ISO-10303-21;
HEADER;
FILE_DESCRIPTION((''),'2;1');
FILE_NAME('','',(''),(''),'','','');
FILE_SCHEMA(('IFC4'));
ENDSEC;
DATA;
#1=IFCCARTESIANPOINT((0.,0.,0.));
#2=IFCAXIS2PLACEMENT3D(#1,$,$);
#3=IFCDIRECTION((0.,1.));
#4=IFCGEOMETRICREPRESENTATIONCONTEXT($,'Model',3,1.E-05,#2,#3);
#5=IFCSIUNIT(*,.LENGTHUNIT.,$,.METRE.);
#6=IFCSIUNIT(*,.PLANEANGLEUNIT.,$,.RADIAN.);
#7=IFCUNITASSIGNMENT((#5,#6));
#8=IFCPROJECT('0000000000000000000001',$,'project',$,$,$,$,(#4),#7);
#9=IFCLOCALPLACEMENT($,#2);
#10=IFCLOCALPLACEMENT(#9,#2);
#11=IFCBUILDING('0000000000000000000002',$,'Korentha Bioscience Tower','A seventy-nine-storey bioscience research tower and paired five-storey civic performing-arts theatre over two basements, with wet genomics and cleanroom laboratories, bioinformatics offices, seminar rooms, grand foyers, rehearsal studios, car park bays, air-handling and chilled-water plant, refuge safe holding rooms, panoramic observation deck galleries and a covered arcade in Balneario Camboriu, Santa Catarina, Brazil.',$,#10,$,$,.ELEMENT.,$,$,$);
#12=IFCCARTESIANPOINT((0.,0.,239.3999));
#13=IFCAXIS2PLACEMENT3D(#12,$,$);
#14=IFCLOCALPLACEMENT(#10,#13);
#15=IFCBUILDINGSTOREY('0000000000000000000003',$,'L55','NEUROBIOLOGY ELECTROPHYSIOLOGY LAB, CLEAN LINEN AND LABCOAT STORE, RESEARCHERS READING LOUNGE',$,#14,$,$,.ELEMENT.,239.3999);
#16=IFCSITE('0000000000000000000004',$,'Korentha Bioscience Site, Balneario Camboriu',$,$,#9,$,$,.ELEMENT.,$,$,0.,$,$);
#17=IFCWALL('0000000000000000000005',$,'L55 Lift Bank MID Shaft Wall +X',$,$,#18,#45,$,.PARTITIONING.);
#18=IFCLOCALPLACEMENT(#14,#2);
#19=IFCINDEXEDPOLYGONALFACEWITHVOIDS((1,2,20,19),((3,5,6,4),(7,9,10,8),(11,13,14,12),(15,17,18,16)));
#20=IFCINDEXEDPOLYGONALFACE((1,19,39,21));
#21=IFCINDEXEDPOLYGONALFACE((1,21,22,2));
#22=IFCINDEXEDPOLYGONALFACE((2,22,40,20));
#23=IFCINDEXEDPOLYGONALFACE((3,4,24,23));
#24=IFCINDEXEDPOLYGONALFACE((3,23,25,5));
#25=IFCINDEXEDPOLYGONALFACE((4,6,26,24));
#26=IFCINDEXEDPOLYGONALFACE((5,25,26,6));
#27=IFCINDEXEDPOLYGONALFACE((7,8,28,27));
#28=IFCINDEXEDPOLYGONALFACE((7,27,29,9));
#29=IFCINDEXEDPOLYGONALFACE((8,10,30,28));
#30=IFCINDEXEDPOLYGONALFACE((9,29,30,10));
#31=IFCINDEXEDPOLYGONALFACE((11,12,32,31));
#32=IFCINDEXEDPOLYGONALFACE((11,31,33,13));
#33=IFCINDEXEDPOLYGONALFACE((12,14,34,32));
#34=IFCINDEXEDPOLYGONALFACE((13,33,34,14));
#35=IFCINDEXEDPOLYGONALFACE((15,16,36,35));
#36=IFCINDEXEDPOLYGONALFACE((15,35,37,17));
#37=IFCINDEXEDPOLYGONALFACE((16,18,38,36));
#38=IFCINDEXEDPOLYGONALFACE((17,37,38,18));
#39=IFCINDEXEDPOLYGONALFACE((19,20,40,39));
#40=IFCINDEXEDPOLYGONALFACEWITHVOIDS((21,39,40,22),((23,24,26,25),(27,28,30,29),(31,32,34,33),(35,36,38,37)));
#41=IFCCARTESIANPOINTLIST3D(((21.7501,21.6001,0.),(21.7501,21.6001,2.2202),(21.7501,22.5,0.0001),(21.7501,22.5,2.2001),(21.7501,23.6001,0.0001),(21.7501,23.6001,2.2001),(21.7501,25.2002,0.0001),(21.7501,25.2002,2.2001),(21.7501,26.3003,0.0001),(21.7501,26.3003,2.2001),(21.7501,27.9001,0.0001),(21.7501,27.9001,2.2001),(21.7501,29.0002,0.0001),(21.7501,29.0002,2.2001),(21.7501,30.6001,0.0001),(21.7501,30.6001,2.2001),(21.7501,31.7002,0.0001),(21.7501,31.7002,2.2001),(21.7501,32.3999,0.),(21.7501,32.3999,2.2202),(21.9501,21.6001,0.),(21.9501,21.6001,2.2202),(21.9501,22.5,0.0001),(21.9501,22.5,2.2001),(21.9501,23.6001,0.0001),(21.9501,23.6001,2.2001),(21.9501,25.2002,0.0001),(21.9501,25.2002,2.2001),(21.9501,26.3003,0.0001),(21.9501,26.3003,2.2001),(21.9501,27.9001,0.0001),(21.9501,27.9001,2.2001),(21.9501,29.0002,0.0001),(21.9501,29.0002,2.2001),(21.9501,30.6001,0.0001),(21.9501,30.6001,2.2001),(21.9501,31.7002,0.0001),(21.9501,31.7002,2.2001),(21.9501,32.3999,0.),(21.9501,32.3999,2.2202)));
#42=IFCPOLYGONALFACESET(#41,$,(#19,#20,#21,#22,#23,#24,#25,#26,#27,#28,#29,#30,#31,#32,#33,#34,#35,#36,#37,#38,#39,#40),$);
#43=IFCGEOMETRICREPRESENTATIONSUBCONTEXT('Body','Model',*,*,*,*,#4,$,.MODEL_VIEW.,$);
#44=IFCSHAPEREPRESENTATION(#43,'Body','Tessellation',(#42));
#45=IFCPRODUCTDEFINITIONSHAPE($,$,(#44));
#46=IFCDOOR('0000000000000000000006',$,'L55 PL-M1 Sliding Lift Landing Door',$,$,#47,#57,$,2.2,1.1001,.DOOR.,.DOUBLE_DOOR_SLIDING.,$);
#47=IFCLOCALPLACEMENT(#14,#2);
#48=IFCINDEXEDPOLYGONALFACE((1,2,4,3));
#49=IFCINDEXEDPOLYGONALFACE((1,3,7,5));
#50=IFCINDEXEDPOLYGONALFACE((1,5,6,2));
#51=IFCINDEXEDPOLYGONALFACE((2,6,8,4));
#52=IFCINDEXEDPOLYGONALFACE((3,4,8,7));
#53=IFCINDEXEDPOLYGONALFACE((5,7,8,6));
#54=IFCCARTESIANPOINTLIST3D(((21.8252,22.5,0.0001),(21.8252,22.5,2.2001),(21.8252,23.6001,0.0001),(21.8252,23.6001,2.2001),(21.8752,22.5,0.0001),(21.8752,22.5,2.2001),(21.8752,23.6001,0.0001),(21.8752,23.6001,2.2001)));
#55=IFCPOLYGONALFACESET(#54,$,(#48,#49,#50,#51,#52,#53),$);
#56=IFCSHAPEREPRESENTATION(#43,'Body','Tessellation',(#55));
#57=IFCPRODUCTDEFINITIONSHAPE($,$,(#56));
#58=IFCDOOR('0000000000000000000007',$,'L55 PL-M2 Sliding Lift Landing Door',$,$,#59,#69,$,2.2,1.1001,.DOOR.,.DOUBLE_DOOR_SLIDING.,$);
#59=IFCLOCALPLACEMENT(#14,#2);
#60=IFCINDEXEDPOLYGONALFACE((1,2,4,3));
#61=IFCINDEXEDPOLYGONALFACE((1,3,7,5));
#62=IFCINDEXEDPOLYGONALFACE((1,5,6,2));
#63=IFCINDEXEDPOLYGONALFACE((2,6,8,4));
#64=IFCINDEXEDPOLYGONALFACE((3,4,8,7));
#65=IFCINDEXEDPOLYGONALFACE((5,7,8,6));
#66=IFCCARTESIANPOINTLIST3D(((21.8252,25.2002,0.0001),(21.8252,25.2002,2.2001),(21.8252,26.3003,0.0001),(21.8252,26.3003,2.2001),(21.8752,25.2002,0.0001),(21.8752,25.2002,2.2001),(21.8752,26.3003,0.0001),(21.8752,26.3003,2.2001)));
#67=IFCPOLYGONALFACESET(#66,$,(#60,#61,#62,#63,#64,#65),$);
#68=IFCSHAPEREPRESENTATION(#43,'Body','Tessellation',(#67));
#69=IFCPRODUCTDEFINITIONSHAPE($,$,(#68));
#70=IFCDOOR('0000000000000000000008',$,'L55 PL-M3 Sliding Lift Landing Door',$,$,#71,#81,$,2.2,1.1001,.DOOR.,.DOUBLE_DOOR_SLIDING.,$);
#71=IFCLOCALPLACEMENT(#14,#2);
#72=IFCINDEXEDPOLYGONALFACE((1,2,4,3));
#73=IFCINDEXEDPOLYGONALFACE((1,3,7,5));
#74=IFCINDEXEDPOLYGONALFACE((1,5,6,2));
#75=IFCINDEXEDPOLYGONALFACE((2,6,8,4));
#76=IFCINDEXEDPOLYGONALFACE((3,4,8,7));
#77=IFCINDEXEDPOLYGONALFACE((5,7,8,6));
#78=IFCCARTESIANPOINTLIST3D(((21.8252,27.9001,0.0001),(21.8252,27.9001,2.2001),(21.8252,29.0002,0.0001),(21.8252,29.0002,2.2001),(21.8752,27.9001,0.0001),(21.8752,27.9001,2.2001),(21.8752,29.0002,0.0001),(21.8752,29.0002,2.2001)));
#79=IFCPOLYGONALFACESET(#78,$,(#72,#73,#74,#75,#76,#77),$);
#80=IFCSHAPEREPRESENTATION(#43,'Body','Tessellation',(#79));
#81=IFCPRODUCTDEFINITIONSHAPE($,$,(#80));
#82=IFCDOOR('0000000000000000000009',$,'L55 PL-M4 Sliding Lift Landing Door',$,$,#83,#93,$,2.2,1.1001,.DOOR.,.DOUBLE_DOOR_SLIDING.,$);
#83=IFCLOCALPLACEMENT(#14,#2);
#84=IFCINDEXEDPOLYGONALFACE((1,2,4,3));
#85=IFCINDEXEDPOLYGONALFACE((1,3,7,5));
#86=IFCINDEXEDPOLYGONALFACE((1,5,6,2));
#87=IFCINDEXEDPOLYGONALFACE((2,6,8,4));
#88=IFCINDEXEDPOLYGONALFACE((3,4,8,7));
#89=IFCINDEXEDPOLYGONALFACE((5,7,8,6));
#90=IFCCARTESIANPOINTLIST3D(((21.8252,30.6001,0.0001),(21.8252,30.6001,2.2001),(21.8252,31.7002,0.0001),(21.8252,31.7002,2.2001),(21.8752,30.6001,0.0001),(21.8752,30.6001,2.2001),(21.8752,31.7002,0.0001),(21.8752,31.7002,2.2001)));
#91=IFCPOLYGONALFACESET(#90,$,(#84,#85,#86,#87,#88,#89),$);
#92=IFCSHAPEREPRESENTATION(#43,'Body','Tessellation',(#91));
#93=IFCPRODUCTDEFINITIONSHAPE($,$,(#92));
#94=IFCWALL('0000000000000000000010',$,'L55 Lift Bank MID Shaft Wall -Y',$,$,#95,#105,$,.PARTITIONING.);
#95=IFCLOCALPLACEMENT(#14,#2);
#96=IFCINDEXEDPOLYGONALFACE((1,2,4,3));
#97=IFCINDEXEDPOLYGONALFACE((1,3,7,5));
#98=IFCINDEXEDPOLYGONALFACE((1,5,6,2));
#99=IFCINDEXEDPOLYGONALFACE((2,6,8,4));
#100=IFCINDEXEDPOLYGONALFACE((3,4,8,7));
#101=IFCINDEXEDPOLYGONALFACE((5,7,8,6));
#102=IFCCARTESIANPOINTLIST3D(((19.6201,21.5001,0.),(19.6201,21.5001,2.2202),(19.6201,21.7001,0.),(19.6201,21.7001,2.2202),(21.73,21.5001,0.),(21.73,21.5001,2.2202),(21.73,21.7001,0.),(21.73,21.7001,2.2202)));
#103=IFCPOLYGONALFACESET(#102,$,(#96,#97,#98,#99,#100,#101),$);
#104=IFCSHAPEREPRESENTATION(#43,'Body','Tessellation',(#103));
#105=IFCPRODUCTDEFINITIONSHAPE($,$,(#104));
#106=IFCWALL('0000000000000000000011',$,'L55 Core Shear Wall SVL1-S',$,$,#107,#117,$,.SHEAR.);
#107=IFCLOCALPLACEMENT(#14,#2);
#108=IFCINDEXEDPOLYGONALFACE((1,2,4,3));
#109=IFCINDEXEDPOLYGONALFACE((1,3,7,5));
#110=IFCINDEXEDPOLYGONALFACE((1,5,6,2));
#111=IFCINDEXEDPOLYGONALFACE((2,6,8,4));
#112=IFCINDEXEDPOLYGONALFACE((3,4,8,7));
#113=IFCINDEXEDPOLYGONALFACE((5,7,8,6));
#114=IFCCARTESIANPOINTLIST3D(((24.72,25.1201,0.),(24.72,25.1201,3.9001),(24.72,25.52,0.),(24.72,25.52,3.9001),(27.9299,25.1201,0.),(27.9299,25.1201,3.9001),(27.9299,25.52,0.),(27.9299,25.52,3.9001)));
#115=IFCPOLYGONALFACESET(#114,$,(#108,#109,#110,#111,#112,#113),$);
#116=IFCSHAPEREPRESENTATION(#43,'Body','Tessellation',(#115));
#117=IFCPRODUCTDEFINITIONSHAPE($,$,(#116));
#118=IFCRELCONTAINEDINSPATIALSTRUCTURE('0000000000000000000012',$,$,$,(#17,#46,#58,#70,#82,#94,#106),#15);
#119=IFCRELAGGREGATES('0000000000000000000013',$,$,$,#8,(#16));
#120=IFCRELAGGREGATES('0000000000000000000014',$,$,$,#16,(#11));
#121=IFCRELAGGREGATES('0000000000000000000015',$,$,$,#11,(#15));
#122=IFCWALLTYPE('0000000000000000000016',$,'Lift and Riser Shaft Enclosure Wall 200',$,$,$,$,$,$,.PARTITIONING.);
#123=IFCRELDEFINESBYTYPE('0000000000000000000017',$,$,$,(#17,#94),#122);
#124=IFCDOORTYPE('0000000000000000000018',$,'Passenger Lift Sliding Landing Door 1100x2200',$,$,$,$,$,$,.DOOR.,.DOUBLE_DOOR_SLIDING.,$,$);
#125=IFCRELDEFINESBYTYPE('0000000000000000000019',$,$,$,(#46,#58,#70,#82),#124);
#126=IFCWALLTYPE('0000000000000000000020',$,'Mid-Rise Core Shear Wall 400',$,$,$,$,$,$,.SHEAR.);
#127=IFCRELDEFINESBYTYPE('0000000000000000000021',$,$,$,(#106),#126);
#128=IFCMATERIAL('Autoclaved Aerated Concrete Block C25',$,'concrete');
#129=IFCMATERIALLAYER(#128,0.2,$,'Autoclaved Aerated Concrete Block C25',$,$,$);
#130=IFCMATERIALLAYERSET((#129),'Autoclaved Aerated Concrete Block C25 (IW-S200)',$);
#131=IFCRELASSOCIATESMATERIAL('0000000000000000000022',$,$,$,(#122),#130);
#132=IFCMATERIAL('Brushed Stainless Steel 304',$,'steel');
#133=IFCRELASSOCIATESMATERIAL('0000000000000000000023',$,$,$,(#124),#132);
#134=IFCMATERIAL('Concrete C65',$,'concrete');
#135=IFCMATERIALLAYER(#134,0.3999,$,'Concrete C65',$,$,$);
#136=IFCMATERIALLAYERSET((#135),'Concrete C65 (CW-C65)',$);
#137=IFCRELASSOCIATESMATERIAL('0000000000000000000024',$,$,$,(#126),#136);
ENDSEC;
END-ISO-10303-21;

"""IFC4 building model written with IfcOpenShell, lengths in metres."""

from ifc_helpers import new_model, si_unit, direction, frame, frame_2d, origin, place, context, subcontext, project, spatial, rectangle, extrude, material, layer, layer_set, type_object, element, fill, save


model = new_model("IFC4")

# Units and contexts
model_context = context("Model", 3, precision=1e-05, world=origin(), true_north=direction((0.0, 1.0)))
body_context = subcontext(model_context, "Body", "Model", "MODEL_VIEW")
ifc_project = project(units=[si_unit("LENGTHUNIT", "METRE"), si_unit("PLANEANGLEUNIT", "RADIAN")], contexts=[model_context])

# Site, building, storey
site_placement = place(None, origin())
site = spatial("IfcSite", under=ifc_project, at=site_placement, Name="Korentha Bioscience Site, Balneario Camboriu", CompositionType="ELEMENT", RefElevation=0.0)
building_placement = place(site_placement, origin())
building = spatial("IfcBuilding", under=site, at=building_placement, Name="Korentha Bioscience Tower", Description="A seventy-nine-storey bioscience research tower and paired five-storey civic performing-arts theatre over two basements, with wet genomics and cleanroom laboratories, bioinformatics offices, seminar rooms, grand foyers, rehearsal studios, car park bays, air-handling and chilled-water plant, refuge safe holding rooms, panoramic observation deck galleries and a covered arcade in Balneario Camboriu, Santa Catarina, Brazil.", CompositionType="ELEMENT")
storey_placement = place(building_placement, frame((0.0, 0.0, 239.3999)))
storey = spatial("IfcBuildingStorey", under=building, at=storey_placement, Name="L55", Description="NEUROBIOLOGY ELECTROPHYSIOLOGY LAB, CLEAN LINEN AND LABCOAT STORE, RESEARCHERS READING LOUNGE", CompositionType="ELEMENT", Elevation=239.3999)

# Shared definitions
ifc_material_1 = material(Name="Concrete C65", Category="concrete")

# Shared definitions
ifc_material_2 = material(Name="Autoclaved Aerated Concrete Block C25", Category="concrete")
ifc_layer_1 = layer(ifc_material_2, 0.2, Name="Autoclaved Aerated Concrete Block C25")
ifc_layer_set_1 = layer_set([ifc_layer_1], Name="Autoclaved Aerated Concrete Block C25 (IW-S200)")
wall_type_1 = type_object("IfcWallType", Name="Lift and Riser Shaft Enclosure Wall 200", PredefinedType="PARTITIONING", material=ifc_layer_set_1)

# Wall, openings, doors
wall_1_placement = place(storey_placement, frame((21.8501, 21.6001, 0.0), z_axis=(0.0, 0.0, 1.0), x_axis=(0.0, 1.0, 0.0)))
wall_1 = element("IfcWall", 1, at=wall_1_placement, inside=storey, type_object=wall_type_1, Name="L55 Lift Bank MID Shaft Wall +X", PredefinedType="PARTITIONING", context=body_context, shape_type="SweptSolid", body=[
    extrude(rectangle(XDim=10.7998, YDim=0.2, at=frame_2d((5.3999, 0.0))), origin(), (0.0, 0.0, 1.0), 2.2202),
])
opening_1_placement = place(wall_1_placement, frame((0.8999, 0.0, 0.0)))
opening_1 = element("IfcOpeningElement", 2, at=opening_1_placement, cuts=wall_1, PredefinedType="OPENING", context=body_context, shape_type="SweptSolid", body=[
    extrude(rectangle(XDim=1.1001, YDim=2.2, at=frame_2d((0.55, 1.1001))), frame((0.0, 0.1147, 0.0), z_axis=(0.0, -1.0, 0.0), x_axis=(1.0, 0.0, 0.0)), (0.0, 0.0, 1.0), 0.2297),
])
opening_2_placement = place(wall_1_placement, frame((3.6001, 0.0, 0.0)))
opening_2 = element("IfcOpeningElement", 3, at=opening_2_placement, cuts=wall_1, PredefinedType="OPENING", context=body_context, shape_type="SweptSolid", body=[
    extrude(rectangle(XDim=1.1001, YDim=2.2, at=frame_2d((0.55, 1.1001))), frame((0.0, 0.1147, 0.0), z_axis=(0.0, -1.0, 0.0), x_axis=(1.0, 0.0, 0.0)), (0.0, 0.0, 1.0), 0.2297),
])
opening_3_placement = place(wall_1_placement, frame((6.3, 0.0, 0.0)))
opening_3 = element("IfcOpeningElement", 4, at=opening_3_placement, cuts=wall_1, PredefinedType="OPENING", context=body_context, shape_type="SweptSolid", body=[
    extrude(rectangle(XDim=1.1001, YDim=2.2, at=frame_2d((0.55, 1.1001))), frame((0.0, 0.1147, 0.0), z_axis=(0.0, -1.0, 0.0), x_axis=(1.0, 0.0, 0.0)), (0.0, 0.0, 1.0), 0.2297),
])
opening_4_placement = place(wall_1_placement, frame((9.0, 0.0, 0.0)))
opening_4 = element("IfcOpeningElement", 5, at=opening_4_placement, cuts=wall_1, PredefinedType="OPENING", context=body_context, shape_type="SweptSolid", body=[
    extrude(rectangle(XDim=1.1001, YDim=2.2, at=frame_2d((0.55, 1.1001))), frame((0.0, 0.1147, 0.0), z_axis=(0.0, -1.0, 0.0), x_axis=(1.0, 0.0, 0.0)), (0.0, 0.0, 1.0), 0.2297),
])
ifc_material_3 = material(Name="Brushed Stainless Steel 304", Category="steel")
door_type_1 = type_object("IfcDoorType", Name="Passenger Lift Sliding Landing Door 1100x2200", OperationType="DOUBLE_DOOR_SLIDING", PredefinedType="DOOR", material=ifc_material_3)
door_1_placement = place(opening_1_placement, origin())
door_1 = element("IfcDoor", 6, at=door_1_placement, inside=storey, type_object=door_type_1, Name="L55 PL-M1 Sliding Lift Landing Door", OperationType="DOUBLE_DOOR_SLIDING", OverallHeight=2.2, OverallWidth=1.1001, PredefinedType="DOOR", context=body_context, shape_type="SweptSolid", body=[
    extrude(rectangle(XDim=1.1001, YDim=2.2, at=frame_2d((0.55, 1.1001))), frame((0.0, 0.0249, 0.0), z_axis=(0.0, -1.0, 0.0), x_axis=(1.0, 0.0, 0.0)), (0.0, 0.0, 1.0), 0.05),
])
fill(opening_1, door_1)
door_2_placement = place(opening_2_placement, origin())
door_2 = element("IfcDoor", 7, at=door_2_placement, inside=storey, type_object=door_type_1, Name="L55 PL-M2 Sliding Lift Landing Door", OperationType="DOUBLE_DOOR_SLIDING", OverallHeight=2.2, OverallWidth=1.1001, PredefinedType="DOOR", context=body_context, shape_type="SweptSolid", body=[
    extrude(rectangle(XDim=1.1001, YDim=2.2, at=frame_2d((0.55, 1.1001))), frame((0.0, 0.0249, 0.0), z_axis=(0.0, -1.0, 0.0), x_axis=(1.0, 0.0, 0.0)), (0.0, 0.0, 1.0), 0.05),
])
fill(opening_2, door_2)
door_3_placement = place(opening_3_placement, origin())
door_3 = element("IfcDoor", 8, at=door_3_placement, inside=storey, type_object=door_type_1, Name="L55 PL-M3 Sliding Lift Landing Door", OperationType="DOUBLE_DOOR_SLIDING", OverallHeight=2.2, OverallWidth=1.1001, PredefinedType="DOOR", context=body_context, shape_type="SweptSolid", body=[
    extrude(rectangle(XDim=1.1001, YDim=2.2, at=frame_2d((0.55, 1.1001))), frame((0.0, 0.0249, 0.0), z_axis=(0.0, -1.0, 0.0), x_axis=(1.0, 0.0, 0.0)), (0.0, 0.0, 1.0), 0.05),
])
fill(opening_3, door_3)
door_4_placement = place(opening_4_placement, origin())
door_4 = element("IfcDoor", 9, at=door_4_placement, inside=storey, type_object=door_type_1, Name="L55 PL-M4 Sliding Lift Landing Door", OperationType="DOUBLE_DOOR_SLIDING", OverallHeight=2.2, OverallWidth=1.1001, PredefinedType="DOOR", context=body_context, shape_type="SweptSolid", body=[
    extrude(rectangle(XDim=1.1001, YDim=2.2, at=frame_2d((0.55, 1.1001))), frame((0.0, 0.0249, 0.0), z_axis=(0.0, -1.0, 0.0), x_axis=(1.0, 0.0, 0.0)), (0.0, 0.0, 1.0), 0.05),
])
fill(opening_4, door_4)

# Walls
wall_2_placement = place(storey_placement, frame((19.6201, 21.6001, 0.0), z_axis=(0.0, 0.0, 1.0), x_axis=(1.0, 0.0, 0.0)))
element("IfcWall", 10, at=wall_2_placement, inside=storey, type_object=wall_type_1, Name="L55 Lift Bank MID Shaft Wall -Y", PredefinedType="PARTITIONING", context=body_context, shape_type="SweptSolid", body=[
    extrude(rectangle(XDim=2.1099, YDim=0.2, at=frame_2d((1.0549, 0.0))), origin(), (0.0, 0.0, 1.0), 2.2202),
])
ifc_layer_2 = layer(ifc_material_1, 0.3999, Name="Concrete C65")
ifc_layer_set_2 = layer_set([ifc_layer_2], Name="Concrete C65 (CW-C65)")
wall_type_2 = type_object("IfcWallType", Name="Mid-Rise Core Shear Wall 400", PredefinedType="SHEAR", material=ifc_layer_set_2)
wall_3_placement = place(storey_placement, frame((24.72, 25.3201, 0.0), z_axis=(0.0, 0.0, 1.0), x_axis=(1.0, 0.0, 0.0)))
element("IfcWall", 11, at=wall_3_placement, inside=storey, type_object=wall_type_2, Name="L55 Core Shear Wall SVL1-S", PredefinedType="SHEAR", context=body_context, shape_type="SweptSolid", body=[
    extrude(rectangle(XDim=3.21, YDim=0.3999, at=frame_2d((1.605, 0.0))), origin(), (0.0, 0.0, 1.0), 3.9001),
])

save(model, "model.ifc")
